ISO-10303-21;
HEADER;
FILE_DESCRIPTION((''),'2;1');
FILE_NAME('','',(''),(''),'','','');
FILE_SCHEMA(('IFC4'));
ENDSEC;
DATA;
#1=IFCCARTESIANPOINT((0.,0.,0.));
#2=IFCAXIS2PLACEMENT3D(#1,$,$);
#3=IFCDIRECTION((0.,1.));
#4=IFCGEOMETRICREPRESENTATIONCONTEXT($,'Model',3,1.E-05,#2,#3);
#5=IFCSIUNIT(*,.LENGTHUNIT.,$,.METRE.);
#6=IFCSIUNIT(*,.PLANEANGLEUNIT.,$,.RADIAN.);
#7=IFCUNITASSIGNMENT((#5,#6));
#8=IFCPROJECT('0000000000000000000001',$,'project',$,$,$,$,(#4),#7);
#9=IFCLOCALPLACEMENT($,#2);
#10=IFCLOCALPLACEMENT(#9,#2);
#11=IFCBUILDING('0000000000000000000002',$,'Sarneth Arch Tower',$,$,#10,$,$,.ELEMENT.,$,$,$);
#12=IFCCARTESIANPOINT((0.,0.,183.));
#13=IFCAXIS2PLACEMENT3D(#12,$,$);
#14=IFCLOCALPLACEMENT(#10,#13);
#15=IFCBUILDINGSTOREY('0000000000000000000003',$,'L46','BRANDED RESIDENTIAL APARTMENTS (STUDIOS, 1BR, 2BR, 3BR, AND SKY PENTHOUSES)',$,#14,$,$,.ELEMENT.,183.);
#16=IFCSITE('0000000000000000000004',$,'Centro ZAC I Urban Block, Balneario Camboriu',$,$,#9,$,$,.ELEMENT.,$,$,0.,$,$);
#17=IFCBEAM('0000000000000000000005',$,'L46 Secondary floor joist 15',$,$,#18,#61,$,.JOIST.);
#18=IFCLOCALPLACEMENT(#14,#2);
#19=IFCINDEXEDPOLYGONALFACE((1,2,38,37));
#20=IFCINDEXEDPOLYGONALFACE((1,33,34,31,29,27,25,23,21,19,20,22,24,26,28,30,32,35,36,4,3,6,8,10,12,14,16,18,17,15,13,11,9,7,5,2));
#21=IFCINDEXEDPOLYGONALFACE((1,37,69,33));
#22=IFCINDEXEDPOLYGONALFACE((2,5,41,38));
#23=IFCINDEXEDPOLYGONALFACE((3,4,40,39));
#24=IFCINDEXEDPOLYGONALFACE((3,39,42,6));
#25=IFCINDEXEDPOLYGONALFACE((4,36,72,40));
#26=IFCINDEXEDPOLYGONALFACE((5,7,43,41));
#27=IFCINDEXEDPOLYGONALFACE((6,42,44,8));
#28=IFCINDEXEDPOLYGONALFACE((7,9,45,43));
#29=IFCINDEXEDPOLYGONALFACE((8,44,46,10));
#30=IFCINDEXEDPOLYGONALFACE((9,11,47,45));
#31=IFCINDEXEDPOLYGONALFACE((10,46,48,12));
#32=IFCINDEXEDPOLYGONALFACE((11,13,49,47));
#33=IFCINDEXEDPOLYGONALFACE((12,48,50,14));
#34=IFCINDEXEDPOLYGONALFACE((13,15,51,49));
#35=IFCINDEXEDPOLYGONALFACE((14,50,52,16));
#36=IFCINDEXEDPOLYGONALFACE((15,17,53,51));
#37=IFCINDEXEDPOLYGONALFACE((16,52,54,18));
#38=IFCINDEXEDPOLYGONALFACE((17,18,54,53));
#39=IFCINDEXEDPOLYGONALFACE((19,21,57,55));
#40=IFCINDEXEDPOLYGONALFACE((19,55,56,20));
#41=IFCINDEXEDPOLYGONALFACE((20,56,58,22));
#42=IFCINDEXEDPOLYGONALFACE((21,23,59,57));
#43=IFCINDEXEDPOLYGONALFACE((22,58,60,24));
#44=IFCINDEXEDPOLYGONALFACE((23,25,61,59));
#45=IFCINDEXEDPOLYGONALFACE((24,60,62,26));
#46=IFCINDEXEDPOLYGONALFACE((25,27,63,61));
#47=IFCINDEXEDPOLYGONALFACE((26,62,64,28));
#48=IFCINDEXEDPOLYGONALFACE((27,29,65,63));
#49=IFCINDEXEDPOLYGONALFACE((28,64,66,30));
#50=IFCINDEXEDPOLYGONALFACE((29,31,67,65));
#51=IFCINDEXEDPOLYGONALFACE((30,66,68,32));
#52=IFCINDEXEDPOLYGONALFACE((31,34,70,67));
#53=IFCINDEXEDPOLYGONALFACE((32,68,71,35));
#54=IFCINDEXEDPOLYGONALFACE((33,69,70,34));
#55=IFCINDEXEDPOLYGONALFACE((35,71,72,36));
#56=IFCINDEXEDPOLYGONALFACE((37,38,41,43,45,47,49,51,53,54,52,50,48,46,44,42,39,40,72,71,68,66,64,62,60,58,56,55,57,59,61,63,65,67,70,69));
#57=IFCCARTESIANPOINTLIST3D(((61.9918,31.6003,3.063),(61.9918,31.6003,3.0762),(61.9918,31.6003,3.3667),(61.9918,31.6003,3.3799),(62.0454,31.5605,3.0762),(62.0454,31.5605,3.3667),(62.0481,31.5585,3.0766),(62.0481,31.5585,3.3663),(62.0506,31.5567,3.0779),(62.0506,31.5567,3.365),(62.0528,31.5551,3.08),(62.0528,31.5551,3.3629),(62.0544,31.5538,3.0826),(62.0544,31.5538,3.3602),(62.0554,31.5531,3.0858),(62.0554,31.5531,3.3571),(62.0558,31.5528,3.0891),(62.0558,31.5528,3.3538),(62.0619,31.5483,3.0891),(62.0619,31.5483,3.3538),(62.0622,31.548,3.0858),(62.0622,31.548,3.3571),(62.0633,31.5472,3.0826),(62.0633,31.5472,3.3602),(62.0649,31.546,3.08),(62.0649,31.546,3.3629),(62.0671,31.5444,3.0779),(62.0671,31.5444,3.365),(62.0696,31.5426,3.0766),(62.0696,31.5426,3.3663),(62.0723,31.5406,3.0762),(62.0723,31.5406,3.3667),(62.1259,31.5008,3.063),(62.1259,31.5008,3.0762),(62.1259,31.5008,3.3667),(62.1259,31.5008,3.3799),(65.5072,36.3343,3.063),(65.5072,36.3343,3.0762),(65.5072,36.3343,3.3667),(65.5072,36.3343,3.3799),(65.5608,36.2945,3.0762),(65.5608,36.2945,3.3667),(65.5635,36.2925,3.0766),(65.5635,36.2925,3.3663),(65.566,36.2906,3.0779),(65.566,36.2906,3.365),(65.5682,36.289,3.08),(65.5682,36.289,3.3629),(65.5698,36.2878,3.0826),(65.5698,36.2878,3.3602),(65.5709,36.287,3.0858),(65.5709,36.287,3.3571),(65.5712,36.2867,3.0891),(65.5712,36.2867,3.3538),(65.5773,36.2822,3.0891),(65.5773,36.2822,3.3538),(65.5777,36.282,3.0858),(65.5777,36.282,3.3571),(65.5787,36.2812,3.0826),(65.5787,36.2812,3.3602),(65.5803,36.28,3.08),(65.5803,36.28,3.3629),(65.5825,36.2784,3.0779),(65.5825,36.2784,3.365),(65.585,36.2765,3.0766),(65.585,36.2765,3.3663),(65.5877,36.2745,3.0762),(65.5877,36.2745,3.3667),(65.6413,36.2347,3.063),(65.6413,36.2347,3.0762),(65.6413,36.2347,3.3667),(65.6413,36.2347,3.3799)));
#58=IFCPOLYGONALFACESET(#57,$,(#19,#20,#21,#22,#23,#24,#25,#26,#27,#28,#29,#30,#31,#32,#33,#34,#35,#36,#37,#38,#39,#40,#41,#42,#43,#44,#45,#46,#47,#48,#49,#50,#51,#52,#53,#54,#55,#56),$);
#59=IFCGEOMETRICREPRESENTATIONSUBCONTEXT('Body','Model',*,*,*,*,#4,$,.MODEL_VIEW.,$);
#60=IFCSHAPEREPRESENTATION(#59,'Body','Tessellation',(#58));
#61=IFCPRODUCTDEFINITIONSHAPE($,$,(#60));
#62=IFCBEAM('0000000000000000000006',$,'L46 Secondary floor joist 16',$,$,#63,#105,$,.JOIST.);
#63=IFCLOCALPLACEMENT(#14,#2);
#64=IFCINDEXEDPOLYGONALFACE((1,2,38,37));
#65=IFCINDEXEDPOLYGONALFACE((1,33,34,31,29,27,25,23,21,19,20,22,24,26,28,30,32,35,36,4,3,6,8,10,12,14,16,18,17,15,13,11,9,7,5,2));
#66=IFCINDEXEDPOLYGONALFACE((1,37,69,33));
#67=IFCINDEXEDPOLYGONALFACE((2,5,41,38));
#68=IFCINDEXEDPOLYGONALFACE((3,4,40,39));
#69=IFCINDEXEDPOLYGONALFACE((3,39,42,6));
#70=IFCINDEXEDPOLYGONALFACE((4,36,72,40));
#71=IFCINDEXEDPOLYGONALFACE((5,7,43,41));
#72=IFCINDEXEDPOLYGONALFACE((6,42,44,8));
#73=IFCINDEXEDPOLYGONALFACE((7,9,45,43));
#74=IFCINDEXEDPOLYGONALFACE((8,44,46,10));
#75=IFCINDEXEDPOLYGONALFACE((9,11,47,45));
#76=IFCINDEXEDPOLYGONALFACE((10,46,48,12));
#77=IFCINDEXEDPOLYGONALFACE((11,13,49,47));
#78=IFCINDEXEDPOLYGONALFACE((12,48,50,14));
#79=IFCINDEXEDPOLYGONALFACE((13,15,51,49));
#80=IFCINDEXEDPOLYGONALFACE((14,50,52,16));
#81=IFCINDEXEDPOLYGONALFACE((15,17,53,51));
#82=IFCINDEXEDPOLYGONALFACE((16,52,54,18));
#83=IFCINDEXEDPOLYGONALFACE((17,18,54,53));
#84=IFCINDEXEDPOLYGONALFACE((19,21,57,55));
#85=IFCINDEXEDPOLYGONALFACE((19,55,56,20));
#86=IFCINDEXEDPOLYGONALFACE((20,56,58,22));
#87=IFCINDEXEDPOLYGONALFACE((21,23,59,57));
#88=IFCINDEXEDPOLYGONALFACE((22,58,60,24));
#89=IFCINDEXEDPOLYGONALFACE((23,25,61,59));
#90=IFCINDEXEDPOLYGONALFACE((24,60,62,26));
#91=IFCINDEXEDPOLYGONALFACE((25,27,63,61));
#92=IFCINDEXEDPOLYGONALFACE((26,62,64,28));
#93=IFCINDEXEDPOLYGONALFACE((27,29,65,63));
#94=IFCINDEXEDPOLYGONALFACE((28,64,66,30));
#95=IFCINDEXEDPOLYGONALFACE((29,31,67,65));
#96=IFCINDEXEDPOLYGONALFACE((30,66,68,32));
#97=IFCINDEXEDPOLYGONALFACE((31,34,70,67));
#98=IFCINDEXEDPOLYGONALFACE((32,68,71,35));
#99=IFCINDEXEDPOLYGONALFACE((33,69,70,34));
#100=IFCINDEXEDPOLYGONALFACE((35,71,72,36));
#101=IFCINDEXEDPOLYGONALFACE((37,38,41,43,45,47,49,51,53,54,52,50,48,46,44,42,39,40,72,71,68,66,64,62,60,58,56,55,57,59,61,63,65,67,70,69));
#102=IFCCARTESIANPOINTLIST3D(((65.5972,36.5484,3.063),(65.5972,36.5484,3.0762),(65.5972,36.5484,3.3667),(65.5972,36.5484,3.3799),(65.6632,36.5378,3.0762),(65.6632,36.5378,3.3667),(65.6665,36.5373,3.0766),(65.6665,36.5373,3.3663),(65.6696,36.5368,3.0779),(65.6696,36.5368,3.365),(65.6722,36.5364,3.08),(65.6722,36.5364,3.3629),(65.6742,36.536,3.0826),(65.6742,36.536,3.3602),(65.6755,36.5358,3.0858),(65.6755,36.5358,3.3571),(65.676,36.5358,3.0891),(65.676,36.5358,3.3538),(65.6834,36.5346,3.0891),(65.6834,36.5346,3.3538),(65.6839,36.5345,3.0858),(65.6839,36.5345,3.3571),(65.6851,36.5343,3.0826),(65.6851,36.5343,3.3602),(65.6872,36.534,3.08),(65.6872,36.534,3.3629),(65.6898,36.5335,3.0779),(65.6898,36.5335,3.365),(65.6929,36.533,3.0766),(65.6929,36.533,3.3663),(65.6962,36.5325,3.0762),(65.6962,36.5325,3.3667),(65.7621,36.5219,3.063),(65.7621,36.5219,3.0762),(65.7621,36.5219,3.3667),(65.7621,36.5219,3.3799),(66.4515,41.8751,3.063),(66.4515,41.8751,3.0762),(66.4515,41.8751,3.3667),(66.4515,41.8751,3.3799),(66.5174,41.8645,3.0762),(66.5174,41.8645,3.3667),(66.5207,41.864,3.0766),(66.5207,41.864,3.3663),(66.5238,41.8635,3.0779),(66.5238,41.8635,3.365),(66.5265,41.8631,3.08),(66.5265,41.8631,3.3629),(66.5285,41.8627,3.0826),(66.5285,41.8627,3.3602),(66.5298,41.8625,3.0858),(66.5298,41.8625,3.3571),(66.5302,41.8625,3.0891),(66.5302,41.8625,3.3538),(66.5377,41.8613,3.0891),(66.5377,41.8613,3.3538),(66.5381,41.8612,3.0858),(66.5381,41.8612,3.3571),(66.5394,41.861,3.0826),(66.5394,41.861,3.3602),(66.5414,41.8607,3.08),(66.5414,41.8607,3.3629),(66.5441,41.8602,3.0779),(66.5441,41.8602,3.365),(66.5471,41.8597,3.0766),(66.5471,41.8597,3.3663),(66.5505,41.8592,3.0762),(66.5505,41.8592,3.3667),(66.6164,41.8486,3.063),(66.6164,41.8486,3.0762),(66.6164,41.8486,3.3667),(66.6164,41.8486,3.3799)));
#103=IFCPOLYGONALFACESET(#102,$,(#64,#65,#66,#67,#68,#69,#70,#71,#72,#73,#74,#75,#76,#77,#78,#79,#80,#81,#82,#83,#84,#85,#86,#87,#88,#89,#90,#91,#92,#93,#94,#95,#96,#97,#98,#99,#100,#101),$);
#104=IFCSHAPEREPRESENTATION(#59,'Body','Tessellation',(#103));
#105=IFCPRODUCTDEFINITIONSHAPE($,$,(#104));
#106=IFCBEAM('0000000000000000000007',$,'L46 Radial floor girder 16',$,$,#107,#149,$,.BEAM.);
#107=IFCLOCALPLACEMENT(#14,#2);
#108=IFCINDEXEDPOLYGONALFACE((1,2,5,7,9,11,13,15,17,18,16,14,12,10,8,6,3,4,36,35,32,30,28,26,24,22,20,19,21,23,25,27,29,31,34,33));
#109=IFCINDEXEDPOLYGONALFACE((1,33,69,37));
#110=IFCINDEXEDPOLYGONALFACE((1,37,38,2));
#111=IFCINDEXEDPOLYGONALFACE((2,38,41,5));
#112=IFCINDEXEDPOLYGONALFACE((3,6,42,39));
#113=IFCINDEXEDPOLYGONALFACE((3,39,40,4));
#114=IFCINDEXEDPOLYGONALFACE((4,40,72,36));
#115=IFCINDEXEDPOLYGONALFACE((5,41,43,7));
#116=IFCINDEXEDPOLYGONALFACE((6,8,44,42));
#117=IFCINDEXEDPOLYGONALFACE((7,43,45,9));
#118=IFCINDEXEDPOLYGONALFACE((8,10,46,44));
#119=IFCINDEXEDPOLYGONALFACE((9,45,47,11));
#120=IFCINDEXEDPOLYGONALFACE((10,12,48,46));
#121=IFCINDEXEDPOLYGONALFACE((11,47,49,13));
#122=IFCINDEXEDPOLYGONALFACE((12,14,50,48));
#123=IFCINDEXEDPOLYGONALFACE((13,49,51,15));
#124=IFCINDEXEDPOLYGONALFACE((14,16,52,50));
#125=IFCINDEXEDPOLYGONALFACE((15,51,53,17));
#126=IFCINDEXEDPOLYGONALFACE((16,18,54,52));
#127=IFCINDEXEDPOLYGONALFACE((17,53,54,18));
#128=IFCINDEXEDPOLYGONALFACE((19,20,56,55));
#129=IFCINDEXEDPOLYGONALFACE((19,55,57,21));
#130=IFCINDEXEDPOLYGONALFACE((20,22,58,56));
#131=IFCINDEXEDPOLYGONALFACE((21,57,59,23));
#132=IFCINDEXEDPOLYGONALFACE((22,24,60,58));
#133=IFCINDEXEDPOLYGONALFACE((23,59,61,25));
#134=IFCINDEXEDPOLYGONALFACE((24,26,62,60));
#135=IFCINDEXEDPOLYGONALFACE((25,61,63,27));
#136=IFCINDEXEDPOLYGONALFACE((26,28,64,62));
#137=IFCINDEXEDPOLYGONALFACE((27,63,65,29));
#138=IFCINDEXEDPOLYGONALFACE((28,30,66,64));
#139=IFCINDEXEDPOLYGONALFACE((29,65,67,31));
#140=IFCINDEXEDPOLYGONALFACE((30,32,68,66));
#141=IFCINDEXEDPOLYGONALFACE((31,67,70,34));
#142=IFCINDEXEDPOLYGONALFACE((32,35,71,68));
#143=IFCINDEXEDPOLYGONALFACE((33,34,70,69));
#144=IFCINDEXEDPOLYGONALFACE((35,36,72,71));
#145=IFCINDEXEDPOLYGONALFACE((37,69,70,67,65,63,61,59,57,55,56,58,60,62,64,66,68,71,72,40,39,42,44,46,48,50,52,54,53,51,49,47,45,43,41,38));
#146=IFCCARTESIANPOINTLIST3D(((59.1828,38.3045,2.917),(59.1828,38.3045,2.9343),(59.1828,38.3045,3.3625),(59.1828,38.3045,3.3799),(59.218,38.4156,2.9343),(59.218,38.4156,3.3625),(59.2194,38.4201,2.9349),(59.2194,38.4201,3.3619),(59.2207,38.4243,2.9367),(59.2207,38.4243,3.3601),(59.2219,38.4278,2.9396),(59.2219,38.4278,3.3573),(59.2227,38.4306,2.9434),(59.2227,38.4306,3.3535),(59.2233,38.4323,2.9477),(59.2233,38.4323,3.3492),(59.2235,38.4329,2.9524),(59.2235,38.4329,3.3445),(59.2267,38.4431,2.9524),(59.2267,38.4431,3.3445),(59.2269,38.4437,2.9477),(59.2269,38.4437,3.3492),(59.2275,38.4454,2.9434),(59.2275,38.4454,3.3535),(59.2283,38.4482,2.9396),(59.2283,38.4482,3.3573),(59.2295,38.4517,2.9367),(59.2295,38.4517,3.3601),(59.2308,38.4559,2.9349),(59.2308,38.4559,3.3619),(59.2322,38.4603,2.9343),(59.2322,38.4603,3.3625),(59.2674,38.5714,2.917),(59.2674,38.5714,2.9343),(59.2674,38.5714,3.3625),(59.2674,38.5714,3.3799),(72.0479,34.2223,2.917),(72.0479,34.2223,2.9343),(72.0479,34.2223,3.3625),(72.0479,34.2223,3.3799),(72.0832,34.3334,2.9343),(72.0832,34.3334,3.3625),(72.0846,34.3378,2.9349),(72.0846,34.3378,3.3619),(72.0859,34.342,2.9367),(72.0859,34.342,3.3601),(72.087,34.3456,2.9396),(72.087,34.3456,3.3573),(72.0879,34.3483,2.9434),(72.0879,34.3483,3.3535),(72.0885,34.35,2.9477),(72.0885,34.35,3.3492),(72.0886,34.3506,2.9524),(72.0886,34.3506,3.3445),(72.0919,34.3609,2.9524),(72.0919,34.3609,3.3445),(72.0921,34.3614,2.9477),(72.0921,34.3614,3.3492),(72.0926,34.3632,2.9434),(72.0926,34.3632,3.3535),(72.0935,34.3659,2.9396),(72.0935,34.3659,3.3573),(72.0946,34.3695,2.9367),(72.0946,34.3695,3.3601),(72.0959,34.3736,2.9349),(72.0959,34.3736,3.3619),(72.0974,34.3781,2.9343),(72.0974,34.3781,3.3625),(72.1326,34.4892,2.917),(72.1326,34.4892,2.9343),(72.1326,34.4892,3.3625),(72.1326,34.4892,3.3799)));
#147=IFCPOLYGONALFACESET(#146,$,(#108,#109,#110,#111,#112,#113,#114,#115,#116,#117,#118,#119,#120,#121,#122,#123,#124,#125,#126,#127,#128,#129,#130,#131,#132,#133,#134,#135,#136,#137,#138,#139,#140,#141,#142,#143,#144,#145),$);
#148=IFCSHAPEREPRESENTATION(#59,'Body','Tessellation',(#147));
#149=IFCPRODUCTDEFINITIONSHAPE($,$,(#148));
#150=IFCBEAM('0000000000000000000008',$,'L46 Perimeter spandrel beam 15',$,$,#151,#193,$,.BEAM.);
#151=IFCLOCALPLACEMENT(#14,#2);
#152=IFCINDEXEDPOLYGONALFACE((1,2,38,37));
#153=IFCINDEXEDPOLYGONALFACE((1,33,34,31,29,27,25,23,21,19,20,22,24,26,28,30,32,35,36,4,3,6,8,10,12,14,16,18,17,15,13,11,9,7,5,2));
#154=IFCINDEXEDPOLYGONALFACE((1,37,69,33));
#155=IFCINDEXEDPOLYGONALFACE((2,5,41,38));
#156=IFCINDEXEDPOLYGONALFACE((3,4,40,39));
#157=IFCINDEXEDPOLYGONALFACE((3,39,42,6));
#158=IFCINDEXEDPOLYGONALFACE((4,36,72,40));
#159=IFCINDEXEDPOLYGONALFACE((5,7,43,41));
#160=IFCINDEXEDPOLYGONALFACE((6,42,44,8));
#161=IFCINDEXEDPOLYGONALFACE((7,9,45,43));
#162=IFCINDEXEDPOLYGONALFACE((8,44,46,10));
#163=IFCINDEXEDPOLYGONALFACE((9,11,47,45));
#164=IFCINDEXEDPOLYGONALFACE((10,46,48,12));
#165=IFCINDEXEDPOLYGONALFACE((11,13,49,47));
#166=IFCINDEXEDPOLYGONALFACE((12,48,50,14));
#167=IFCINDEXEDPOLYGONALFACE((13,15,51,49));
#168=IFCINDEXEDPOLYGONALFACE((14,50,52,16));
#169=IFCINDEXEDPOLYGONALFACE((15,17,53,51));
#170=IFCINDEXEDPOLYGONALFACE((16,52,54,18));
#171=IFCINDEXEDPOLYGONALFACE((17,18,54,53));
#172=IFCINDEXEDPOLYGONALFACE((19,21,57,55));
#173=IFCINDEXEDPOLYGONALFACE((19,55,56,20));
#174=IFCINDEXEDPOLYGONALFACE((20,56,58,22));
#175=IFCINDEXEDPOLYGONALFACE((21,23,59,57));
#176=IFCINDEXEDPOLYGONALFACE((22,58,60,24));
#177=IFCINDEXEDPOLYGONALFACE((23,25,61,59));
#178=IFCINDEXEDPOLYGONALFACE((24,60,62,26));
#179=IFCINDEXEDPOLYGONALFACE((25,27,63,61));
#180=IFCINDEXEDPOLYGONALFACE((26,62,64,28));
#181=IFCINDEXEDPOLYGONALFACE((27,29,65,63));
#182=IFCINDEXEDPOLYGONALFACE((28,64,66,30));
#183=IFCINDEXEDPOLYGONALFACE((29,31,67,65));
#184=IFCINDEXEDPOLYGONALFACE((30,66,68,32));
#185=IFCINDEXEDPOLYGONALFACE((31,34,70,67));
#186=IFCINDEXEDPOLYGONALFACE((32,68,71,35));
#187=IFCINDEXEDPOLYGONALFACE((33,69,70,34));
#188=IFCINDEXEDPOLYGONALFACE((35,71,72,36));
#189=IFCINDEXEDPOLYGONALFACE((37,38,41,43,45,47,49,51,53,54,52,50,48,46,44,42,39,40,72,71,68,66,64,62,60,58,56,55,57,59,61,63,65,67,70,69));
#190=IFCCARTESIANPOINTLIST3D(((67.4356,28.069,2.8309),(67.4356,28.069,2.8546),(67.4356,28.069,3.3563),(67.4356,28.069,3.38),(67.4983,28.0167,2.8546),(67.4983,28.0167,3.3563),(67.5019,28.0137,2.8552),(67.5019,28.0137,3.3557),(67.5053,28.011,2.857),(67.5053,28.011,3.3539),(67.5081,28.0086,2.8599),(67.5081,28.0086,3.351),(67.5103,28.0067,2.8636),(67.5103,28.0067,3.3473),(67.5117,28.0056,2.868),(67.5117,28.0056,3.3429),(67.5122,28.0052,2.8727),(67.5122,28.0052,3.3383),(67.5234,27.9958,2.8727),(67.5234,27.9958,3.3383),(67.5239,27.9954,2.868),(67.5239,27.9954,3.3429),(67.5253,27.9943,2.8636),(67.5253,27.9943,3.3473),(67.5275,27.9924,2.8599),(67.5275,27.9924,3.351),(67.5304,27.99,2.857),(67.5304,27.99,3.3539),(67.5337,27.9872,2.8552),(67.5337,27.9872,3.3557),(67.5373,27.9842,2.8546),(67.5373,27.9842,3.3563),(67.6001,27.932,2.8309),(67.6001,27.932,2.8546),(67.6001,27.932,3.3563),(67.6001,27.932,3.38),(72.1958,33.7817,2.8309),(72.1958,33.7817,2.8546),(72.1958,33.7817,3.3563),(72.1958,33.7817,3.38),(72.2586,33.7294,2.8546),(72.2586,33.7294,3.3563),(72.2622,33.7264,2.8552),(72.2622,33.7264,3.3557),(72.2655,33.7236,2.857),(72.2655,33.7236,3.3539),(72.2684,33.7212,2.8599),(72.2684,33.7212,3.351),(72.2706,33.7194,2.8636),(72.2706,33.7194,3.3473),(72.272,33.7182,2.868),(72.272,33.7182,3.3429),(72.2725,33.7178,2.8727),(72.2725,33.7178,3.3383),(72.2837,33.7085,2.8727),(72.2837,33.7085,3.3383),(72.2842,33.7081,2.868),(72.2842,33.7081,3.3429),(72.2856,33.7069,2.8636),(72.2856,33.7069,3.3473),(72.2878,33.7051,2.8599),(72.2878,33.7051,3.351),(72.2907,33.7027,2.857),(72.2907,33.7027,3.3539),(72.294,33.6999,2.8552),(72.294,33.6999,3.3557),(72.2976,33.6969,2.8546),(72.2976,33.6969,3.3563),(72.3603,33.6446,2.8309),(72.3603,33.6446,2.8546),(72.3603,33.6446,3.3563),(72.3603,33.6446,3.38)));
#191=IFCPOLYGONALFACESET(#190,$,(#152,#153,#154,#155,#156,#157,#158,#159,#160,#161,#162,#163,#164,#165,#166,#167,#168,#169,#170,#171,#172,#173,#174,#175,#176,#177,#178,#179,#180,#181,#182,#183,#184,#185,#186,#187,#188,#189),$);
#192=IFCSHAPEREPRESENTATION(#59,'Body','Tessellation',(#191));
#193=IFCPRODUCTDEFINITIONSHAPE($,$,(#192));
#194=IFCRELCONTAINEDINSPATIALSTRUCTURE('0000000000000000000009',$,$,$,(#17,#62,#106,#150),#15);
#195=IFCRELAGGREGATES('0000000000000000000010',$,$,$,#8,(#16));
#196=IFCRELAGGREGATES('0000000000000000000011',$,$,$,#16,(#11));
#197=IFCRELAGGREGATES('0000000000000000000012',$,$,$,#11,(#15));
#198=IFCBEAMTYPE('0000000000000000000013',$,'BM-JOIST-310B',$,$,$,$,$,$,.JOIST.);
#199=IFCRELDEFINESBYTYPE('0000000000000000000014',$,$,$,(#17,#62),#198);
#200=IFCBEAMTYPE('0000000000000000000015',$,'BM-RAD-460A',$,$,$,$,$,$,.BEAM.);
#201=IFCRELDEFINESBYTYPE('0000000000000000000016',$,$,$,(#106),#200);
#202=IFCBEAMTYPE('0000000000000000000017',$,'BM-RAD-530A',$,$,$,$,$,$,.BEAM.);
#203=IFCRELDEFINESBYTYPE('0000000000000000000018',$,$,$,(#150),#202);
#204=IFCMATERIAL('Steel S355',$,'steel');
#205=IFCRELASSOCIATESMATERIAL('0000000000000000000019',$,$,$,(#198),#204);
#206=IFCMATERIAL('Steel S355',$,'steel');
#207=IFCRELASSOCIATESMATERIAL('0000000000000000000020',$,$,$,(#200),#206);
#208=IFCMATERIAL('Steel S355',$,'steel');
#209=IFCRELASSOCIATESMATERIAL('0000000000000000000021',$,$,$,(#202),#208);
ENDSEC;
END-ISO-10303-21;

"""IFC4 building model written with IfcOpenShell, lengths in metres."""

from ifc_helpers import new_model, si_unit, direction, frame, origin, origin_2d, place, context, subcontext, project, spatial, i_section, extrude, material, material_profile, profile_set, type_object, element, save


model = new_model("IFC4")

# Units and contexts
model_context = context("Model", 3, precision=1e-05, world=origin(), true_north=direction((0.0, 1.0)))
body_context = subcontext(model_context, "Body", "Model", "MODEL_VIEW")
ifc_project = project(units=[si_unit("LENGTHUNIT", "METRE"), si_unit("PLANEANGLEUNIT", "RADIAN")], contexts=[model_context])

# Site, building, storey
site_placement = place(None, origin())
site = spatial("IfcSite", under=ifc_project, at=site_placement, Name="Centro ZAC I Urban Block, Balneario Camboriu", CompositionType="ELEMENT", RefElevation=0.0)
building_placement = place(site_placement, origin())
building = spatial("IfcBuilding", under=site, at=building_placement, Name="Sarneth Arch Tower", CompositionType="ELEMENT")
storey_placement = place(building_placement, frame((0.0, 0.0, 183.0)))
storey = spatial("IfcBuildingStorey", under=building, at=storey_placement, Name="L46", Description="BRANDED RESIDENTIAL APARTMENTS (STUDIOS, 1BR, 2BR, 3BR, AND SKY PENTHOUSES)", CompositionType="ELEMENT", Elevation=183.0)

# Beams
ifc_material_1 = material(Name="Steel S355", Category="steel")
ifc_material_profile_1 = material_profile(ifc_material_1, i_section(OverallWidth=0.167, OverallDepth=0.3169, WebThickness=0.0076, FlangeThickness=0.0132, FilletRadius=0.0129, at=origin_2d()), Name="W310x52")
ifc_profile_set_1 = profile_set([ifc_material_profile_1], Name="Steel S355")
beam_type_1 = type_object("IfcBeamType", Name="BM-JOIST-310B", PredefinedType="JOIST", material=ifc_profile_set_1)
beam_1_placement = place(storey_placement, frame((62.0588, 31.5505, 3.2214), z_axis=(0.596191, 0.802843, 0.0), x_axis=(-0.802843, 0.596191, 0.0)))
element("IfcBeam", 1, at=beam_1_placement, inside=storey, type_object=beam_type_1, Name="L46 Secondary floor joist 15", PredefinedType="JOIST", context=body_context, shape_type="SweptSolid", body=[
    extrude(i_section(OverallWidth=0.167, OverallDepth=0.3169, WebThickness=0.0076, FlangeThickness=0.0132, FilletRadius=0.0129, at=origin_2d()), origin(), (0.0, 0.0, 1.0), 5.8965),
])
beam_2_placement = place(storey_placement, frame((65.6797, 36.5352, 3.2214), z_axis=(0.158349, 0.987383, 0.0), x_axis=(-0.987383, 0.158349, 0.0)))
element("IfcBeam", 2, at=beam_2_placement, inside=storey, type_object=beam_type_1, Name="L46 Secondary floor joist 16", PredefinedType="JOIST", context=body_context, shape_type="SweptSolid", body=[
    extrude(i_section(OverallWidth=0.167, OverallDepth=0.3169, WebThickness=0.0076, FlangeThickness=0.0132, FilletRadius=0.0129, at=origin_2d()), origin(), (0.0, 0.0, 1.0), 5.3948),
])
ifc_material_2 = material(Name="Steel S355", Category="steel")
ifc_material_profile_2 = material_profile(ifc_material_2, i_section(OverallWidth=0.28, OverallDepth=0.4629, WebThickness=0.0107, FlangeThickness=0.0173, FilletRadius=0.0181, at=origin_2d()), Name="W460x113")
ifc_profile_set_2 = profile_set([ifc_material_profile_2], Name="Steel S355")
beam_type_2 = type_object("IfcBeamType", Name="BM-RAD-460A", PredefinedType="BEAM", material=ifc_profile_set_2)
beam_3_placement = place(storey_placement, frame((59.2251, 38.438, 3.1484), z_axis=(0.953165, -0.302449, 0.0), x_axis=(0.302449, 0.953165, 0.0)))
element("IfcBeam", 3, at=beam_3_placement, inside=storey, type_object=beam_type_2, Name="L46 Radial floor girder 16", PredefinedType="BEAM", context=body_context, shape_type="SweptSolid", body=[
    extrude(i_section(OverallWidth=0.28, OverallDepth=0.4629, WebThickness=0.0107, FlangeThickness=0.0173, FilletRadius=0.0181, at=origin_2d()), origin(), (0.0, 0.0, 1.0), 13.4973),
])
ifc_material_3 = material(Name="Steel S355", Category="steel")
ifc_material_profile_3 = material_profile(ifc_material_3, i_section(OverallWidth=0.2141, OverallDepth=0.5491, WebThickness=0.0146, FlangeThickness=0.0237, FilletRadius=0.0181, at=origin_2d()), Name="W530x138")
ifc_profile_set_3 = profile_set([ifc_material_profile_3], Name="Steel S355")
beam_type_3 = type_object("IfcBeamType", Name="BM-RAD-530A", PredefinedType="BEAM", material=ifc_profile_set_3)
beam_4_placement = place(storey_placement, frame((67.5178, 28.0005, 3.1055), z_axis=(0.640162, 0.76824, 0.0), x_axis=(-0.76824, 0.640162, 0.0)))
element("IfcBeam", 4, at=beam_4_placement, inside=storey, type_object=beam_type_3, Name="L46 Perimeter spandrel beam 15", PredefinedType="BEAM", context=body_context, shape_type="SweptSolid", body=[
    extrude(i_section(OverallWidth=0.2141, OverallDepth=0.5491, WebThickness=0.0146, FlangeThickness=0.0237, FilletRadius=0.0181, at=origin_2d()), origin(), (0.0, 0.0, 1.0), 7.436),
])

save(model, "model.ifc")
